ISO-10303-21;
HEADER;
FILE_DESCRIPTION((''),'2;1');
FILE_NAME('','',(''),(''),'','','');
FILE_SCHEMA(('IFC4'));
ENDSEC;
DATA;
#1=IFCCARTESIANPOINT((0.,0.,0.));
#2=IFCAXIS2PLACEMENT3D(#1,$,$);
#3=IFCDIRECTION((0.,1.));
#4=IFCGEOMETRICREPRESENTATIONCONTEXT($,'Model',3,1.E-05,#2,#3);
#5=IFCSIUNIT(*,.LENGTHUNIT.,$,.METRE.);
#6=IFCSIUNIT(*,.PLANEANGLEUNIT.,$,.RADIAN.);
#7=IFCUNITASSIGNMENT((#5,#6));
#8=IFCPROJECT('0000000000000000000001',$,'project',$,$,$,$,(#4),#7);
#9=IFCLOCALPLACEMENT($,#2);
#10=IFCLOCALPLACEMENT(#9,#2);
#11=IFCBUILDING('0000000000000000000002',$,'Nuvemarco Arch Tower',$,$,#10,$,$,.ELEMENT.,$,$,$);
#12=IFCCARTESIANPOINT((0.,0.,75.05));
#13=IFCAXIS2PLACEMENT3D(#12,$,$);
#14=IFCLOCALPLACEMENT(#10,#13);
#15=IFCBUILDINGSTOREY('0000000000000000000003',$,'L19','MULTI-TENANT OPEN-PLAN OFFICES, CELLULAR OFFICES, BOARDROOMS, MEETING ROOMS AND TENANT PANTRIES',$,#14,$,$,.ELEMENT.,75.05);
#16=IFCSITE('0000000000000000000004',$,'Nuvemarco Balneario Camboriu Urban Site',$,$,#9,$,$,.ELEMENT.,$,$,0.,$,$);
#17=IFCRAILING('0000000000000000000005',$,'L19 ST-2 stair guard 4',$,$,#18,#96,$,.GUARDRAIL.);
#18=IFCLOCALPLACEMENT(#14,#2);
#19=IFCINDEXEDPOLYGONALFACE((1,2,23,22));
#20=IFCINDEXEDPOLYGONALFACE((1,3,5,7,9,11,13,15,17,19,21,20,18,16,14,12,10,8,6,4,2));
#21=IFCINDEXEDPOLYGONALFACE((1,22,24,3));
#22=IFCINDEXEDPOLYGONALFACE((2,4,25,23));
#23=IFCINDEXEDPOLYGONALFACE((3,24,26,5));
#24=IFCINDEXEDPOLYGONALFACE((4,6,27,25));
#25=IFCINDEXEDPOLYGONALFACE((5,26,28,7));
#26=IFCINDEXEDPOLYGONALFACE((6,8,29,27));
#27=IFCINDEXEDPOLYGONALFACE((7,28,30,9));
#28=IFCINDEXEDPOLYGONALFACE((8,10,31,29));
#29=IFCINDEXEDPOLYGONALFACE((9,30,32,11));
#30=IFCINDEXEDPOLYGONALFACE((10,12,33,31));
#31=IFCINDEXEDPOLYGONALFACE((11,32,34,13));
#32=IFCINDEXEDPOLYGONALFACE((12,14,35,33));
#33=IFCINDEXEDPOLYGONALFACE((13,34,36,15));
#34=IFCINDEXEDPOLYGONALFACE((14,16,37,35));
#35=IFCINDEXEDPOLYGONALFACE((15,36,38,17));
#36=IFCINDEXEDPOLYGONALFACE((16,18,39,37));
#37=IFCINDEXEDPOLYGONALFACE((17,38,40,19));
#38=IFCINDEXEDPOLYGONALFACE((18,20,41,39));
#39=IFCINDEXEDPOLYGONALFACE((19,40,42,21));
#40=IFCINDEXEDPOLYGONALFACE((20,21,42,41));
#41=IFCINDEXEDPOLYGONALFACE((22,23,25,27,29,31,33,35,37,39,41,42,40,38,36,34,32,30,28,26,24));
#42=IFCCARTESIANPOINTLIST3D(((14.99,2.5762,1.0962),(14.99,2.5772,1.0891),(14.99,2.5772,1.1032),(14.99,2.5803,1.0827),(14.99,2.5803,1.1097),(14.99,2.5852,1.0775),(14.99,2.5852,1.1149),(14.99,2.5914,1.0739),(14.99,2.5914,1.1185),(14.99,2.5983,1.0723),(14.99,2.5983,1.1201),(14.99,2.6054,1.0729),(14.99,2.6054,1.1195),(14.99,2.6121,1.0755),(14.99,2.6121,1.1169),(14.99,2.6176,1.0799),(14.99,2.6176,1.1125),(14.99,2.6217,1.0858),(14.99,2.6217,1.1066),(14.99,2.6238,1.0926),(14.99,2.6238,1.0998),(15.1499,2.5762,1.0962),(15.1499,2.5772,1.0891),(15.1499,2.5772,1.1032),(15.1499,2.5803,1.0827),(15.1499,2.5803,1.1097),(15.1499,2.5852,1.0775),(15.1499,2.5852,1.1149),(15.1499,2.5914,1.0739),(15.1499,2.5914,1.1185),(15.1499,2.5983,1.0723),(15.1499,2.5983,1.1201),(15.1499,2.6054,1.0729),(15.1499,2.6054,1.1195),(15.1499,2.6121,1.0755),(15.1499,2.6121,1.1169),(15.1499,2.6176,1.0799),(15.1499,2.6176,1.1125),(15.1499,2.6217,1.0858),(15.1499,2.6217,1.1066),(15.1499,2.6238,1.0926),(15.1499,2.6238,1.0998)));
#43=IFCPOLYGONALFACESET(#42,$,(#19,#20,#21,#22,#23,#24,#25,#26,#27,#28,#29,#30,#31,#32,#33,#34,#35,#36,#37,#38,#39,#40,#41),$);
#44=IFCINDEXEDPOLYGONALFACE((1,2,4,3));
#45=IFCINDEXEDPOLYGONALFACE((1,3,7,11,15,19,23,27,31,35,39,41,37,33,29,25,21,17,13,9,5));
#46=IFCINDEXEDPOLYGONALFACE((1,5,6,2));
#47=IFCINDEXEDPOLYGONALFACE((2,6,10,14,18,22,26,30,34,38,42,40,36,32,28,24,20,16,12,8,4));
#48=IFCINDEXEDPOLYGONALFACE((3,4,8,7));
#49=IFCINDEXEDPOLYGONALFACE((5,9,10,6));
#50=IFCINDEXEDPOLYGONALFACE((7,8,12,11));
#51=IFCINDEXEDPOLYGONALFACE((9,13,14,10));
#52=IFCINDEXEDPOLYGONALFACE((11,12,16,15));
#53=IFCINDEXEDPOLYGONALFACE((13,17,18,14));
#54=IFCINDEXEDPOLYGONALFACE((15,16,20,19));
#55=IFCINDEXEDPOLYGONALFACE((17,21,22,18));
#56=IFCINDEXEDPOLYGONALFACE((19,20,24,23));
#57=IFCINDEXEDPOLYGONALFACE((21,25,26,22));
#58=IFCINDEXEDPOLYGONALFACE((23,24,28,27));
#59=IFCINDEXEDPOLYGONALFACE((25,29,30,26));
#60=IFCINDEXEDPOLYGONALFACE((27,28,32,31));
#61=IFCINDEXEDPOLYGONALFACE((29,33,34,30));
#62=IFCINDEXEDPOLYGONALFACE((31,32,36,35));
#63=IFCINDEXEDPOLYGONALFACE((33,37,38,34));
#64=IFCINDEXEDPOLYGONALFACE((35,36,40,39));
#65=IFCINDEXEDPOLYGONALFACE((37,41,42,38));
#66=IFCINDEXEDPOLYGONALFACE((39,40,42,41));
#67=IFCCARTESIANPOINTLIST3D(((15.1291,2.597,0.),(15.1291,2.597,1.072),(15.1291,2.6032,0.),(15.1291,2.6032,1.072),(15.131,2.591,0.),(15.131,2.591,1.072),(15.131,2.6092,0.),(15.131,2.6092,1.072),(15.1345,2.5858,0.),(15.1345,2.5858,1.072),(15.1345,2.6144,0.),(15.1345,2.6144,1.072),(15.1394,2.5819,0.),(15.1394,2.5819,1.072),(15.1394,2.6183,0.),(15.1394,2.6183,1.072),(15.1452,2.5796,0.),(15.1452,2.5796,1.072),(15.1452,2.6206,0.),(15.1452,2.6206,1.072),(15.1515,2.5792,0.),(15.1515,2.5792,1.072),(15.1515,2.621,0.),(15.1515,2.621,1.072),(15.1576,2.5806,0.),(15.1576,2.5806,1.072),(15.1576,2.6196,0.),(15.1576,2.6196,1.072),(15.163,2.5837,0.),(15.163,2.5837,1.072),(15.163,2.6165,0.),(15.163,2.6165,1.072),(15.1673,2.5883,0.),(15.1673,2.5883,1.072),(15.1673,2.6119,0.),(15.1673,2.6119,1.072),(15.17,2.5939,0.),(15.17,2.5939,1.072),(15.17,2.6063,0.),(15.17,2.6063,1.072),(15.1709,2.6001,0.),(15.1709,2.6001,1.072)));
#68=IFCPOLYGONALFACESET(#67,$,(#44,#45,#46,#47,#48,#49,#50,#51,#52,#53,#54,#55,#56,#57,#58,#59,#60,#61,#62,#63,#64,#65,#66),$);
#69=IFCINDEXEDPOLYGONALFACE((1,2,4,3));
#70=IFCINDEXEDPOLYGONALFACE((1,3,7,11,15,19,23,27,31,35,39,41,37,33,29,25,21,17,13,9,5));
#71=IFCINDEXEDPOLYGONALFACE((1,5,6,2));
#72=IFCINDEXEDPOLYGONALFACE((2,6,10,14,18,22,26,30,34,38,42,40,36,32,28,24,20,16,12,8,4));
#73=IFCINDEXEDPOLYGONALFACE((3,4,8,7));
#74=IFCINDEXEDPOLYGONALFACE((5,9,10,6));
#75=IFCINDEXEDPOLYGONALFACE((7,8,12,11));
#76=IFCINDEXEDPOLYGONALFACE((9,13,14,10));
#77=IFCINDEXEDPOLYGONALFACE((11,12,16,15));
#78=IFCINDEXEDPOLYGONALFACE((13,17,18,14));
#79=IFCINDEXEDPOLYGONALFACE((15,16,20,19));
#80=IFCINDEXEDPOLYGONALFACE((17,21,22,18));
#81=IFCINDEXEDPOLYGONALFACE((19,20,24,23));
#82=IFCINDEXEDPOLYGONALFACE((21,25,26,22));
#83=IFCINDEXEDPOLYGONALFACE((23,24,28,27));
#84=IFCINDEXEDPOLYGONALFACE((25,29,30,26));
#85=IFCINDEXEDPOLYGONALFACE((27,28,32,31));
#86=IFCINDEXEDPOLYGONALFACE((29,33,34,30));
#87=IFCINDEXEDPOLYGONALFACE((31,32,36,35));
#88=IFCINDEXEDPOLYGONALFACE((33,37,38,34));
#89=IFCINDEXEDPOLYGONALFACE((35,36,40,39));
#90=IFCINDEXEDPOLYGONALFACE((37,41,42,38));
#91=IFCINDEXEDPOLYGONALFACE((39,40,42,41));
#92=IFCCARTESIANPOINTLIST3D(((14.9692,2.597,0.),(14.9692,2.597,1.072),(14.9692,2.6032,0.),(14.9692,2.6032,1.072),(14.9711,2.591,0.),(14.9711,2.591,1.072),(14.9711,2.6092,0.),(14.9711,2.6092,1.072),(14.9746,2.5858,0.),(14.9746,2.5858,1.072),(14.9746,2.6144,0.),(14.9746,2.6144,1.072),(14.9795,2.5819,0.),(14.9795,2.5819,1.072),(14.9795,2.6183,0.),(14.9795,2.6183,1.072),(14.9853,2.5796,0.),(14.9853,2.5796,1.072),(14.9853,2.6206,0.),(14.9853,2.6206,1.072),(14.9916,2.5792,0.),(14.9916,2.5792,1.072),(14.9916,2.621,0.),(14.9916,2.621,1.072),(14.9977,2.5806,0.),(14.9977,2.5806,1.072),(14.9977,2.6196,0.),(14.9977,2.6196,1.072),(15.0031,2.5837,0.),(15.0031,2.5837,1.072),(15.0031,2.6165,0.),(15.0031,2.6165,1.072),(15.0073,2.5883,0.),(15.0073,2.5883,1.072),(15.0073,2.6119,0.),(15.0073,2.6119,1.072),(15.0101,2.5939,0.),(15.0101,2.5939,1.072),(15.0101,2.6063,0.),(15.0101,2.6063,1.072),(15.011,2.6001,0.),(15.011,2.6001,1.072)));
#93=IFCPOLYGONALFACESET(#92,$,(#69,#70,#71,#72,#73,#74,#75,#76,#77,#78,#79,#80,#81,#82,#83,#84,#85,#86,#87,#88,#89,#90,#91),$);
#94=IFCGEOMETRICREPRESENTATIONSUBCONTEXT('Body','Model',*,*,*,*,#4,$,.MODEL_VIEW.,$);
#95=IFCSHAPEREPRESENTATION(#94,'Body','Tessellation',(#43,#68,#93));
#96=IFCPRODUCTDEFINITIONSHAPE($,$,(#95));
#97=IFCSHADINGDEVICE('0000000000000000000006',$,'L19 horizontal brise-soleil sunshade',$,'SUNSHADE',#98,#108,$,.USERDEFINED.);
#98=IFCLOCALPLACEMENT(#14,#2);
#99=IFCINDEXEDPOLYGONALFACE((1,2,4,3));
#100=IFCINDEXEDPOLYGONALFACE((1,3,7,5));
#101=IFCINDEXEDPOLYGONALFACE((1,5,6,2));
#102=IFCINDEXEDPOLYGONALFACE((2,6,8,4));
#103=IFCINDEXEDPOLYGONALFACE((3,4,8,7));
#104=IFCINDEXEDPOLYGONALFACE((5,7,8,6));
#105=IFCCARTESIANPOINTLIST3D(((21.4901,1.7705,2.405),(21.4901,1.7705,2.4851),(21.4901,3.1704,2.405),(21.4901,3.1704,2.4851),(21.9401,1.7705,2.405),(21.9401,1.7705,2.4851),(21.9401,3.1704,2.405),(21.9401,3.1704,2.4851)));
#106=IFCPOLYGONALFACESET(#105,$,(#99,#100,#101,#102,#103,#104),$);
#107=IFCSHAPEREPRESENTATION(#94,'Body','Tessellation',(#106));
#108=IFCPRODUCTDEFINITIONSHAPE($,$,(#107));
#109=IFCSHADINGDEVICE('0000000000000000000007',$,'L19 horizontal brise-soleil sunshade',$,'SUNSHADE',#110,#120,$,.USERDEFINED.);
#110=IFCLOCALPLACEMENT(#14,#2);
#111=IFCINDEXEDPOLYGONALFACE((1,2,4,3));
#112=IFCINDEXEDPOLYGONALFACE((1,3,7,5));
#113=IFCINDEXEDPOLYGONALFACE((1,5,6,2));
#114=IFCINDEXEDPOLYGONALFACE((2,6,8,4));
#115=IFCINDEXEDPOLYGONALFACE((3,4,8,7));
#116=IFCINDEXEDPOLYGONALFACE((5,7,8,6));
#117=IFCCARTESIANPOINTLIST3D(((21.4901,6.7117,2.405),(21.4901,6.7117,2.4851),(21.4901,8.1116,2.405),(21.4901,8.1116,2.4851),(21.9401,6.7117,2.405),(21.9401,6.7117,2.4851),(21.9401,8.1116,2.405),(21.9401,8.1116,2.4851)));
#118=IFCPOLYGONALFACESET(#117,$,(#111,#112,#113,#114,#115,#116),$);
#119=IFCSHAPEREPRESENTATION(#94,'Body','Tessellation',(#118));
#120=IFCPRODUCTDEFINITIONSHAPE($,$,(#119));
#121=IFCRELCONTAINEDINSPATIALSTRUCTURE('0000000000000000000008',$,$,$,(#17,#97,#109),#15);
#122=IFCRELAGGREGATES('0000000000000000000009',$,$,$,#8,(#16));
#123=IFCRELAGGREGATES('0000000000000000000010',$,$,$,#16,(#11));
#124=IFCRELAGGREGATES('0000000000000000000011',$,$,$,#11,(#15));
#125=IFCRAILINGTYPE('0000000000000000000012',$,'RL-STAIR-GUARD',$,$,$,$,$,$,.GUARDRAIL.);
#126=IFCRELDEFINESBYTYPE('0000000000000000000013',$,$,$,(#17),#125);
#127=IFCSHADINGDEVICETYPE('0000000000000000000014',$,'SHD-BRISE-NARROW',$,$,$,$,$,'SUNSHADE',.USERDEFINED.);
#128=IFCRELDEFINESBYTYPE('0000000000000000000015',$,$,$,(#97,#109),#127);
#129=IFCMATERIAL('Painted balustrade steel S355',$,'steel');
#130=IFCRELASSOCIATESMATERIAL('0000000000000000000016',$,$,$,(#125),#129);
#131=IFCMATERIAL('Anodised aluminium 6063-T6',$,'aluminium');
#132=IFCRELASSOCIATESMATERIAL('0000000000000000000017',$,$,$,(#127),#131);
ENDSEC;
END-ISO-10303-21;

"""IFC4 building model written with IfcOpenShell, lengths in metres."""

from ifc_helpers import new_model, si_unit, direction, frame, origin, origin_2d, place, context, subcontext, project, spatial, rectangle, circle, extrude, source, transform, mapped, material, type_object, type_shapes, element, save


model = new_model("IFC4")

# Units and contexts
model_context = context("Model", 3, precision=1e-05, world=origin(), true_north=direction((0.0, 1.0)))
body_context = subcontext(model_context, "Body", "Model", "MODEL_VIEW")
ifc_project = project(units=[si_unit("LENGTHUNIT", "METRE"), si_unit("PLANEANGLEUNIT", "RADIAN")], contexts=[model_context])

# Site, building, storey
site_placement = place(None, origin())
site = spatial("IfcSite", under=ifc_project, at=site_placement, Name="Nuvemarco Balneario Camboriu Urban Site", CompositionType="ELEMENT", RefElevation=0.0)
building_placement = place(site_placement, origin())
building = spatial("IfcBuilding", under=site, at=building_placement, Name="Nuvemarco Arch Tower", CompositionType="ELEMENT")
storey_placement = place(building_placement, frame((0.0, 0.0, 75.05)))
storey = spatial("IfcBuildingStorey", under=building, at=storey_placement, Name="L19", Description="MULTI-TENANT OPEN-PLAN OFFICES, CELLULAR OFFICES, BOARDROOMS, MEETING ROOMS AND TENANT PANTRIES", CompositionType="ELEMENT", Elevation=75.05)

# Railing
ifc_material_1 = material(Name="Painted balustrade steel S355", Category="steel")
railing_type_1 = type_object("IfcRailingType", Name="RL-STAIR-GUARD", PredefinedType="GUARDRAIL", material=ifc_material_1)
railing_1_placement = place(storey_placement, frame((15.1499, 2.6001, 0.0)))
element("IfcRailing", 1, at=railing_1_placement, inside=storey, type_object=railing_type_1, Name="L19 ST-2 stair guard 4", PredefinedType="GUARDRAIL", context=body_context, shape_type="SweptSolid", body=[
    extrude(circle(Radius=0.0239, at=origin_2d()), frame((0.0, 0.0, 1.0962), z_axis=(-1.0, 0.0, 0.0), x_axis=(0.0, -1.0, 0.0)), (0.0, 0.0, 1.0), 0.1599),
    extrude(circle(Radius=0.021, at=origin_2d()), origin(), (0.0, 0.0, 1.0), 1.072),
    extrude(circle(Radius=0.021, at=origin_2d()), frame((-0.1599, 0.0, 0.0)), (0.0, 0.0, 1.0), 1.072),
])

# Shading devices
ifc_material_2 = material(Name="Anodised aluminium 6063-T6", Category="aluminium")
shading_device_type = type_object("IfcShadingDeviceType", Name="SHD-BRISE-NARROW", ElementType="SUNSHADE", PredefinedType="USERDEFINED", material=ifc_material_2)
shared_shape_1 = source(origin(), body_context, "Body", "SweptSolid", [
    extrude(rectangle(XDim=1.3999, YDim=0.45, at=origin_2d()), origin(), (0.0, 0.0, 1.0), 0.0801),
])
type_shapes(shading_device_type, [shared_shape_1])
for number, where, z_axis, x_axis, name in (
    (2, (21.7151, 2.4705, 2.405), (0.0, 0.0, 1.0), (0.0, 1.0, 0.0), "L19 horizontal brise-soleil sunshade"),
    (3, (21.7151, 7.4116, 2.405), (0.0, 0.0, 1.0), (0.0, 1.0, 0.0), "L19 horizontal brise-soleil sunshade"),
):
    element("IfcShadingDevice", number, at=place(storey_placement, frame(where, z_axis=z_axis, x_axis=x_axis)), inside=storey, type_object=shading_device_type, Name=name, ObjectType="SUNSHADE", PredefinedType="USERDEFINED", context=body_context, shape_type="MappedRepresentation", body=[
        mapped(shared_shape_1, transform((0.0, 0.0, 0.0), scale=1.0)),
    ])

save(model, "model.ifc")
